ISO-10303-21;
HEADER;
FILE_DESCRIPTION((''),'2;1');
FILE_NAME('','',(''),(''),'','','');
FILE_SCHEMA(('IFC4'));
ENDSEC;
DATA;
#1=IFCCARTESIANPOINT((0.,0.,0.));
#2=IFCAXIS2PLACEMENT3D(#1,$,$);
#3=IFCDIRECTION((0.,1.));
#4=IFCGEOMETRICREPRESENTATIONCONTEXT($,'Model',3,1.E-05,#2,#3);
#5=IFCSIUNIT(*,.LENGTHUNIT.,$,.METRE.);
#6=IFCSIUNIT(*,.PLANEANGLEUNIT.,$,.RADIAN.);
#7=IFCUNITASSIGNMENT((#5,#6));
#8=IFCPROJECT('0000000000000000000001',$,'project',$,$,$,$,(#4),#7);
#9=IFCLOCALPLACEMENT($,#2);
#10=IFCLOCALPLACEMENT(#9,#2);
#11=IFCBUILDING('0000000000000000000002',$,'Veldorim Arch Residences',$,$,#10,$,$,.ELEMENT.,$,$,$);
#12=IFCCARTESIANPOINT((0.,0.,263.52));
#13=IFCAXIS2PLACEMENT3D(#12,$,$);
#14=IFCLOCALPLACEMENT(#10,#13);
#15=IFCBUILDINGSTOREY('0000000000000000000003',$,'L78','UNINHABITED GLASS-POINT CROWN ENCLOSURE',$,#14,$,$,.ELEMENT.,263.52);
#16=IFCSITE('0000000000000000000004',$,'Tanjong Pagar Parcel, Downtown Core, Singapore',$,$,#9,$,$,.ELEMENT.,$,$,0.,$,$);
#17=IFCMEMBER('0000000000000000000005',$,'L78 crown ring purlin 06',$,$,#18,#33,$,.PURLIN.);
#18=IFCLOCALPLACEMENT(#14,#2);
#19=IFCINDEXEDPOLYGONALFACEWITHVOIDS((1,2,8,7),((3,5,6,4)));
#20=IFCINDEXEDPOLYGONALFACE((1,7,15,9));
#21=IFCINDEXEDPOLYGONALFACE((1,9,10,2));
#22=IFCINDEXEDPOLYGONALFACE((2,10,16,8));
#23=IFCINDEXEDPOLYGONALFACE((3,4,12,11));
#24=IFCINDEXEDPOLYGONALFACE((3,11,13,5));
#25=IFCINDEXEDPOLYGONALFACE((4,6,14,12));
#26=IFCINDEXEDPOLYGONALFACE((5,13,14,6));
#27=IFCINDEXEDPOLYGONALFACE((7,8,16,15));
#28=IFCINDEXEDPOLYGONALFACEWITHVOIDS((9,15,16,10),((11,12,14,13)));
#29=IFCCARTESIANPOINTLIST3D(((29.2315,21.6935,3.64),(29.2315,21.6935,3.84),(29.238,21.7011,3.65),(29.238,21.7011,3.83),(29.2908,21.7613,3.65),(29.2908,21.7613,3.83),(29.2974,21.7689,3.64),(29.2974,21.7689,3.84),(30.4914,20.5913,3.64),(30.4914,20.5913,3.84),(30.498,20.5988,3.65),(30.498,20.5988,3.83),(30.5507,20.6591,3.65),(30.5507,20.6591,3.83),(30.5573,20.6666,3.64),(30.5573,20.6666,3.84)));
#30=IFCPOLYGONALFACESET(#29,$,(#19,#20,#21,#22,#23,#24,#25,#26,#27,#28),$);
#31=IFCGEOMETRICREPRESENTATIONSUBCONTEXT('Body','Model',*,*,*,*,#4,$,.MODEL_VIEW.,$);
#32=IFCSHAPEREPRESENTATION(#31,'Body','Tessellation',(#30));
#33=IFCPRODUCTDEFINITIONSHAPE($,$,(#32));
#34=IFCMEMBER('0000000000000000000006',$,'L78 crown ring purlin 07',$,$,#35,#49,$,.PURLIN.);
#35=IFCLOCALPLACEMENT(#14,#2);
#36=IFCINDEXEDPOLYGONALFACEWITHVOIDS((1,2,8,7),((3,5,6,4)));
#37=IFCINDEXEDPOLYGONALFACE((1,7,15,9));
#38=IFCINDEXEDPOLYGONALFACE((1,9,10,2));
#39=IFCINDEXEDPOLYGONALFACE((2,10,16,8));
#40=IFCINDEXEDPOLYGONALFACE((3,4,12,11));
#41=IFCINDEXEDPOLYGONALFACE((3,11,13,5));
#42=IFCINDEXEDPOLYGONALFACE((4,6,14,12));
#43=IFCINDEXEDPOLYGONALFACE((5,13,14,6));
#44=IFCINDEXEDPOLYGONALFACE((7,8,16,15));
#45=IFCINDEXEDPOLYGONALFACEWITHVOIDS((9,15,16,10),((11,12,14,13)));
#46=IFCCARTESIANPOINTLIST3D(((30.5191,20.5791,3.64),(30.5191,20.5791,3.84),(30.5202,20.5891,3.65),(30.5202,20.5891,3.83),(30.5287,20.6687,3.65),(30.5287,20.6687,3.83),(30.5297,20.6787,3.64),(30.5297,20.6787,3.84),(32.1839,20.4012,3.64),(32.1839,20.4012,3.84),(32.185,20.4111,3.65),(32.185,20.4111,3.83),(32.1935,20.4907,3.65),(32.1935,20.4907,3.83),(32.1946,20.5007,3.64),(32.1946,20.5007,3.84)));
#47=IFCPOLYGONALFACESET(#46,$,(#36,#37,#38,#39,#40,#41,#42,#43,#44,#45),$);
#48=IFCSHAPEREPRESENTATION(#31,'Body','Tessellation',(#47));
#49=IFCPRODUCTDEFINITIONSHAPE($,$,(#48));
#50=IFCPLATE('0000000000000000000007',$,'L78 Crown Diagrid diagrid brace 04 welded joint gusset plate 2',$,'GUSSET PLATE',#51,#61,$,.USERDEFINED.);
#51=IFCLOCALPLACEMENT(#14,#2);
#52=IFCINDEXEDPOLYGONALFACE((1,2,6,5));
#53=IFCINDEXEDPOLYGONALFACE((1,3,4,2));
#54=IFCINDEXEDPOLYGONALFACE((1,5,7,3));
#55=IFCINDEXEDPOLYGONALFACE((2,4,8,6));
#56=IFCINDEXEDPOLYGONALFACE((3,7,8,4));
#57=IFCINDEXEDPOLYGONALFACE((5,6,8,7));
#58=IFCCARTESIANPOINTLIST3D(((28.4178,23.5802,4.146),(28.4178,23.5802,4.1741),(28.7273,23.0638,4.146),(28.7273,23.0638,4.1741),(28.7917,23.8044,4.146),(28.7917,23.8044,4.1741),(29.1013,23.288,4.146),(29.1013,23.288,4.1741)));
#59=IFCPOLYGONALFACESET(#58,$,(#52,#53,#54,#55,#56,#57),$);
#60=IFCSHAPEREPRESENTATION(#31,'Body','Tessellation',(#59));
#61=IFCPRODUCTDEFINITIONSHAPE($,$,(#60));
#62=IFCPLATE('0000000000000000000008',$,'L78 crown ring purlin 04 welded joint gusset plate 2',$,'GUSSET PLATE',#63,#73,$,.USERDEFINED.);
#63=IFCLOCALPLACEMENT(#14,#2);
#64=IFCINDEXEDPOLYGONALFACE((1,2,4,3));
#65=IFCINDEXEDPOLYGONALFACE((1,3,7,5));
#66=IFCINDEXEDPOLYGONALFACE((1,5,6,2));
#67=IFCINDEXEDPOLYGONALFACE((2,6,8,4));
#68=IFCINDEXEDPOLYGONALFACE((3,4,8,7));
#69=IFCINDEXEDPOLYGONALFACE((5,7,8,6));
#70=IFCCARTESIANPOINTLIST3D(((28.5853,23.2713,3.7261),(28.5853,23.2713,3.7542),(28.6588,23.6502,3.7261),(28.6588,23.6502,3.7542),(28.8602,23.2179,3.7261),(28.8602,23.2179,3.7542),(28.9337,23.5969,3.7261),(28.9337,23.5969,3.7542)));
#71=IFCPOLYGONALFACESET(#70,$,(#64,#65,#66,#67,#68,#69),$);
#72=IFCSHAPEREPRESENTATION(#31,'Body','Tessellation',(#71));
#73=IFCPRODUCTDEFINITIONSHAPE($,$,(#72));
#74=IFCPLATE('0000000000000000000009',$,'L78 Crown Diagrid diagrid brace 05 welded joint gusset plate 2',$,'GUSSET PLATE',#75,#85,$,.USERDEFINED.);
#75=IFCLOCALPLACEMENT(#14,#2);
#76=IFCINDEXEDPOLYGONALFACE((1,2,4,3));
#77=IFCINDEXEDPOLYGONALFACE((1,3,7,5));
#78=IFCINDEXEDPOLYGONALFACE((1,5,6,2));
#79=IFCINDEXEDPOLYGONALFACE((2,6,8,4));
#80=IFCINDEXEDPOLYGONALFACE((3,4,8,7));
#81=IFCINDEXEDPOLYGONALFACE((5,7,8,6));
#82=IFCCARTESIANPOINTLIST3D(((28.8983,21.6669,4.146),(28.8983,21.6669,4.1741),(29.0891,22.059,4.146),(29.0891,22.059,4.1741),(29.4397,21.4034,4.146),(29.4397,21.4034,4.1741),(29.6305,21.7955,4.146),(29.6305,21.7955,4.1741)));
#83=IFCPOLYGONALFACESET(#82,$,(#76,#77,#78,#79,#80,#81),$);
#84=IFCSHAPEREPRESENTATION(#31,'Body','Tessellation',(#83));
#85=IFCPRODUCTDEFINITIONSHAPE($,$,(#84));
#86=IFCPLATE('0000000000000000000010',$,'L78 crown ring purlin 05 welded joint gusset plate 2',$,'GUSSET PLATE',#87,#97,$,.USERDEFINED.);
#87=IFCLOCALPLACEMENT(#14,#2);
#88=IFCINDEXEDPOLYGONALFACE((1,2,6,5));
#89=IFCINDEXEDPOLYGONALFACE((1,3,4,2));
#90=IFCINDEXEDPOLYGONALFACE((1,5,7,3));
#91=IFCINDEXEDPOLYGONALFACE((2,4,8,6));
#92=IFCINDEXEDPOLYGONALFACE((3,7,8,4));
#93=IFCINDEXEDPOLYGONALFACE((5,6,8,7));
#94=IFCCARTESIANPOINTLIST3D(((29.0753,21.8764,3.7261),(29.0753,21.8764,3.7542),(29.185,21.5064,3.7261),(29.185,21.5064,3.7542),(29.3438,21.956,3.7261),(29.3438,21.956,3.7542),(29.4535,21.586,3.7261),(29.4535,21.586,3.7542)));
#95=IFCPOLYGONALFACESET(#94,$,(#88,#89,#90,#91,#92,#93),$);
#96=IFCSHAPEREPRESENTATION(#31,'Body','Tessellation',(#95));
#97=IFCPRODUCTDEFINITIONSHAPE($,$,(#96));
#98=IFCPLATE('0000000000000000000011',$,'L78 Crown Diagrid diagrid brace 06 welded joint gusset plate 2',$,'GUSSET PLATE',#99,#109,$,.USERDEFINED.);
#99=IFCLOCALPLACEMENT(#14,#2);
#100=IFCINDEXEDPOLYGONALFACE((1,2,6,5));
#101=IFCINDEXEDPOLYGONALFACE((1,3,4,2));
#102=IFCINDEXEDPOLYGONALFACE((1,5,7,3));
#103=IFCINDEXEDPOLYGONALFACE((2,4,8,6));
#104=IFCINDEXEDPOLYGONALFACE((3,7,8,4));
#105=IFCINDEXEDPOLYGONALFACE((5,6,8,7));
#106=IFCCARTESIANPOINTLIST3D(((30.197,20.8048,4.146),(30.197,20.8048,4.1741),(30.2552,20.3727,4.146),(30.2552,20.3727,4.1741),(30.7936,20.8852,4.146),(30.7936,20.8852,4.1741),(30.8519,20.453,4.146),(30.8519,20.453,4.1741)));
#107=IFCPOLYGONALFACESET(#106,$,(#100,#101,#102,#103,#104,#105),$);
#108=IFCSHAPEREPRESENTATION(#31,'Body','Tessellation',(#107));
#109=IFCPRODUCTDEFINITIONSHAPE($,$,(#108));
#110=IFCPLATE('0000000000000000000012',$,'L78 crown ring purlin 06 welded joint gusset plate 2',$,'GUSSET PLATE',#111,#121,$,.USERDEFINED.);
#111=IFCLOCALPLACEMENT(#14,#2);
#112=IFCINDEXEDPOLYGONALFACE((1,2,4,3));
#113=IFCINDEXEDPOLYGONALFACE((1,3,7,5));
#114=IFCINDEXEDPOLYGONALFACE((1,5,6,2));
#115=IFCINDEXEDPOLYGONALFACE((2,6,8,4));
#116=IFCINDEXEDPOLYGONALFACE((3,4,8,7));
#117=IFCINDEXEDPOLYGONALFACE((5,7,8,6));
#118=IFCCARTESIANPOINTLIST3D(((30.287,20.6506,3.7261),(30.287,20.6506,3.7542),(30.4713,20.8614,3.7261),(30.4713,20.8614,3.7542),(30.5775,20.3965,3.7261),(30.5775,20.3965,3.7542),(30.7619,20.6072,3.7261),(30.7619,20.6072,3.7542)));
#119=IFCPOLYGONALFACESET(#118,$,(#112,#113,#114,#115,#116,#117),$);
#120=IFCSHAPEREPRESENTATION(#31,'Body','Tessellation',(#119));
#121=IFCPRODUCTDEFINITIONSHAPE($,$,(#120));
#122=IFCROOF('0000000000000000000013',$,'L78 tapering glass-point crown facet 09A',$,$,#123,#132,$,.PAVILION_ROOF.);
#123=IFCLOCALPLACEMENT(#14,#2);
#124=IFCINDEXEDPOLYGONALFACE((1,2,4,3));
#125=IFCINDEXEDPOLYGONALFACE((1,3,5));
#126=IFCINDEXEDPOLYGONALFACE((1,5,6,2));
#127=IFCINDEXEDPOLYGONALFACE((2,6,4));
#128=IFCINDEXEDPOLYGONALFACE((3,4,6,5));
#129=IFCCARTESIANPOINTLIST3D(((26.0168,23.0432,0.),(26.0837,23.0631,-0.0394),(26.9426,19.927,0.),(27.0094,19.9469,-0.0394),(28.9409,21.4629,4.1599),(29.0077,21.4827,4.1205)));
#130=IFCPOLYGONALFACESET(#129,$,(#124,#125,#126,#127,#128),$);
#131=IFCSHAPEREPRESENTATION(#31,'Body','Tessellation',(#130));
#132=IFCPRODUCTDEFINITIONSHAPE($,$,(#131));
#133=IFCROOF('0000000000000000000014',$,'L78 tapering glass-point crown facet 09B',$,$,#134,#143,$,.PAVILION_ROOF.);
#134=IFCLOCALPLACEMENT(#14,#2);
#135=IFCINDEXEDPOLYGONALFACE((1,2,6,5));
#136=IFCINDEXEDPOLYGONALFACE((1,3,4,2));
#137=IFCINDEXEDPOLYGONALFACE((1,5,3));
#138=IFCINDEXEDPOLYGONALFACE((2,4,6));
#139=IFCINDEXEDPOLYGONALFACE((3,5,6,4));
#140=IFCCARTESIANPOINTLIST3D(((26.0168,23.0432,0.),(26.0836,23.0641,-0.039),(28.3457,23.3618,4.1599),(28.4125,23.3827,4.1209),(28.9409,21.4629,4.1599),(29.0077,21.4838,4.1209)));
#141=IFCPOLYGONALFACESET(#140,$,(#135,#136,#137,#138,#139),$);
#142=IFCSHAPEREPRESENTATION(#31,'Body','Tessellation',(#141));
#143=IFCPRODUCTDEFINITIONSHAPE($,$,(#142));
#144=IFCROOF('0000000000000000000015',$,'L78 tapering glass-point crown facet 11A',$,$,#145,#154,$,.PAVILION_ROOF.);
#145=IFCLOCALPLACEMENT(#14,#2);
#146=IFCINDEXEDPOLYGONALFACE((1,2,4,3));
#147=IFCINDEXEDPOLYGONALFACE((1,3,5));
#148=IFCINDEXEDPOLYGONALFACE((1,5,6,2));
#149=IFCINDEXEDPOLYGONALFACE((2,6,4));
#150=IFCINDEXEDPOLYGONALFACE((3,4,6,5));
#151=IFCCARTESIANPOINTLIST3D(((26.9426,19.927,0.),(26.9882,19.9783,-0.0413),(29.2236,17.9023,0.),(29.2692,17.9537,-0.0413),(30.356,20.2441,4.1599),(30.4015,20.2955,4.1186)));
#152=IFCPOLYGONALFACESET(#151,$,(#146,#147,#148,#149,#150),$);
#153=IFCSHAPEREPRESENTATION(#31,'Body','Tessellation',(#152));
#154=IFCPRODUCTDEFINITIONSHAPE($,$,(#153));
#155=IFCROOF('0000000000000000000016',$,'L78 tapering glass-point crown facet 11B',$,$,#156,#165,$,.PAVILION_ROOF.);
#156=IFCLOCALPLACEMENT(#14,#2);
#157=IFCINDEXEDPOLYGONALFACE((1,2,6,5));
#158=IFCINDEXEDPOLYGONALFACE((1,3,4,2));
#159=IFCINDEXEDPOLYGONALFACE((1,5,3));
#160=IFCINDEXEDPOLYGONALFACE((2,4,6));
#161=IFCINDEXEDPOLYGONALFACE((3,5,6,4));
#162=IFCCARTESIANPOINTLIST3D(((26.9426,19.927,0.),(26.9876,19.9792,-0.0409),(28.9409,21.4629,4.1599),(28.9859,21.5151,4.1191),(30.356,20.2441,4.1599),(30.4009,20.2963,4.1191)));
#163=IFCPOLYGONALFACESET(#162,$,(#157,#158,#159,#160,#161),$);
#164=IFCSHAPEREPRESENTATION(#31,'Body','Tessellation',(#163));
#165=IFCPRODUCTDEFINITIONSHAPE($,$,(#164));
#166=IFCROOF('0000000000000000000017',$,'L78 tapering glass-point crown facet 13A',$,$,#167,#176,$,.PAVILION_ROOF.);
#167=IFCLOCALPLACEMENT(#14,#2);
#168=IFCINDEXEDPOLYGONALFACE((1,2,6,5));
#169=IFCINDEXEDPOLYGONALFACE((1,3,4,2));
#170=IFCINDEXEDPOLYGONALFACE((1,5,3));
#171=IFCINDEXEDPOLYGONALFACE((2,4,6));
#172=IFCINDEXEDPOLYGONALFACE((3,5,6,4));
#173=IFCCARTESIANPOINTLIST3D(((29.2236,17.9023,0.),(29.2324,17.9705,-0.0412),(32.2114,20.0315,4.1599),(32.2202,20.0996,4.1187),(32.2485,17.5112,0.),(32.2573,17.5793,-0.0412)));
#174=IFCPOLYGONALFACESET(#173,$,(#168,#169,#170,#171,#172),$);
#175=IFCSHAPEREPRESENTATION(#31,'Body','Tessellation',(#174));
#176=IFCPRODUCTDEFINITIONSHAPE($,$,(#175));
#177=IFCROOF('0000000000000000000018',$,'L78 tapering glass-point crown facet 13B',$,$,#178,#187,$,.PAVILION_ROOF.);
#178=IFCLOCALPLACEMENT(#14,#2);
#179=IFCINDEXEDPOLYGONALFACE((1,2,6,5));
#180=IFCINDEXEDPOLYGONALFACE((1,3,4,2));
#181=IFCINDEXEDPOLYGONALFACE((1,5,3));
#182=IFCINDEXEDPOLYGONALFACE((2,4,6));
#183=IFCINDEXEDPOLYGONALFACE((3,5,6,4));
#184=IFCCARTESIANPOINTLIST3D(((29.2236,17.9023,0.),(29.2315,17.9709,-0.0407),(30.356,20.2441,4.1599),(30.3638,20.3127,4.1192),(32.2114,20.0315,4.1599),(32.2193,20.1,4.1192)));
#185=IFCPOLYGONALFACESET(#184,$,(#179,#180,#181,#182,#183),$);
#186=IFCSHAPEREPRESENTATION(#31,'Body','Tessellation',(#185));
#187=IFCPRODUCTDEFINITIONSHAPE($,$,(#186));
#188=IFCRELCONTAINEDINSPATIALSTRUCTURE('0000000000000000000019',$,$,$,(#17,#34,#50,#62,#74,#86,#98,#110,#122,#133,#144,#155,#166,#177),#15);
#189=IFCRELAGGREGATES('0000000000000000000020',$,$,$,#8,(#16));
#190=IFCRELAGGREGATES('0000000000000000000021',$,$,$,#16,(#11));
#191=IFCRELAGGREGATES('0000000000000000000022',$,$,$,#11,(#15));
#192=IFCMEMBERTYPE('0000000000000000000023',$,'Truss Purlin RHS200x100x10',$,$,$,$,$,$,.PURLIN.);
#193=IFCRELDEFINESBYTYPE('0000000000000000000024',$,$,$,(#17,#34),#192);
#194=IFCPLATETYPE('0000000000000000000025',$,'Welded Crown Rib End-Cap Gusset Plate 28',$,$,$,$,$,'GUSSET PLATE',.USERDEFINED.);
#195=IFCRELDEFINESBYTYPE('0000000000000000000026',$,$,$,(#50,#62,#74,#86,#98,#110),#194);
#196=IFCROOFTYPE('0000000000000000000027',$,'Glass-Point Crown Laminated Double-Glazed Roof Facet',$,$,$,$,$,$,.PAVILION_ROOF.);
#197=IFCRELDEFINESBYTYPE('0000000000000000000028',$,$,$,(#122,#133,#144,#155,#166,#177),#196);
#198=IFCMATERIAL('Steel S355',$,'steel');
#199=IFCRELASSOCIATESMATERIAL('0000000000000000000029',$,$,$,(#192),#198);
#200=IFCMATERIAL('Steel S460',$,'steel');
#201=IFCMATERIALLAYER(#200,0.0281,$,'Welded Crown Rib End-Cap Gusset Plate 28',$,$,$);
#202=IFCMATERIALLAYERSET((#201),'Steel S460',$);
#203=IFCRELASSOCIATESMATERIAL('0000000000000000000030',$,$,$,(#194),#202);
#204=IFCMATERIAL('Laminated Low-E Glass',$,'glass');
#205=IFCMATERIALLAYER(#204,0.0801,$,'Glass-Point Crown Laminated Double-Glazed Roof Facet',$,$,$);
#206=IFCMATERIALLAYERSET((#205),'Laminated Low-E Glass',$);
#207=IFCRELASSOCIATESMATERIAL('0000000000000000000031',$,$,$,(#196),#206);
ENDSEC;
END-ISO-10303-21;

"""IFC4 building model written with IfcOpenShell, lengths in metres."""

from ifc_helpers import new_model, si_unit, direction, frame, origin, origin_2d, place, context, subcontext, project, spatial, polyline, rectangle, hollow_rectangle, outline, extrude, material, layer, layer_set, material_profile, profile_set, type_object, element, save


model = new_model("IFC4")

# Units and contexts
model_context = context("Model", 3, precision=1e-05, world=origin(), true_north=direction((0.0, 1.0)))
body_context = subcontext(model_context, "Body", "Model", "MODEL_VIEW")
ifc_project = project(units=[si_unit("LENGTHUNIT", "METRE"), si_unit("PLANEANGLEUNIT", "RADIAN")], contexts=[model_context])

# Site, building, storey
site_placement = place(None, origin())
site = spatial("IfcSite", under=ifc_project, at=site_placement, Name="Tanjong Pagar Parcel, Downtown Core, Singapore", CompositionType="ELEMENT", RefElevation=0.0)
building_placement = place(site_placement, origin())
building = spatial("IfcBuilding", under=site, at=building_placement, Name="Veldorim Arch Residences", CompositionType="ELEMENT")
storey_placement = place(building_placement, frame((0.0, 0.0, 263.52)))
storey = spatial("IfcBuildingStorey", under=building, at=storey_placement, Name="L78", Description="UNINHABITED GLASS-POINT CROWN ENCLOSURE", CompositionType="ELEMENT", Elevation=263.52)

# Members
ifc_material_1 = material(Name="Steel S355", Category="steel")
ifc_material_profile_1 = material_profile(ifc_material_1, hollow_rectangle(XDim=0.1001, YDim=0.2, WallThickness=0.01, at=origin_2d()), Name="RHS200x100x10")
ifc_profile_set_1 = profile_set([ifc_material_profile_1], Name="Steel S355")
member_type_1 = type_object("IfcMemberType", Name="Truss Purlin RHS200x100x10", PredefinedType="PURLIN", material=ifc_profile_set_1)
member_1_placement = place(storey_placement, frame((29.2644, 21.7312, 3.74), z_axis=(0.75264, -0.658432, 0.0), x_axis=(0.658432, 0.75264, 0.0)))
element("IfcMember", 1, at=member_1_placement, inside=storey, type_object=member_type_1, Name="L78 crown ring purlin 06", PredefinedType="PURLIN", context=body_context, shape_type="SweptSolid", body=[
    extrude(hollow_rectangle(XDim=0.1001, YDim=0.2, WallThickness=0.01, at=origin_2d()), origin(), (0.0, 0.0, 1.0), 1.6741),
])
member_2_placement = place(storey_placement, frame((30.5244, 20.6289, 3.74), z_axis=(0.994334, -0.106301, 0.0), x_axis=(0.106301, 0.994334, 0.0)))
element("IfcMember", 2, at=member_2_placement, inside=storey, type_object=member_type_1, Name="L78 crown ring purlin 07", PredefinedType="PURLIN", context=body_context, shape_type="SweptSolid", body=[
    extrude(hollow_rectangle(XDim=0.1001, YDim=0.2, WallThickness=0.01, at=origin_2d()), origin(), (0.0, 0.0, 1.0), 1.6743),
])

# Plates
ifc_material_2 = material(Name="Steel S460", Category="steel")
ifc_layer_1 = layer(ifc_material_2, 0.0281, Name="Welded Crown Rib End-Cap Gusset Plate 28")
ifc_layer_set_1 = layer_set([ifc_layer_1], Name="Steel S460")
plate_type = type_object("IfcPlateType", Name="Welded Crown Rib End-Cap Gusset Plate 28", ElementType="GUSSET PLATE", PredefinedType="USERDEFINED", material=ifc_layer_set_1)
plate_1_placement = place(storey_placement, frame((28.7595, 23.4341, 4.146), z_axis=(0.0, 0.0, 1.0), x_axis=(0.514155, -0.857697, 0.0)))
element("IfcPlate", 3, at=plate_1_placement, inside=storey, type_object=plate_type, Name="L78 Crown Diagrid diagrid brace 04 welded joint gusset plate 2", ObjectType="GUSSET PLATE", PredefinedType="USERDEFINED", context=body_context, shape_type="SweptSolid", body=[
    extrude(rectangle(XDim=0.6021, YDim=0.436, at=origin_2d()), origin(), (0.0, 0.0, 1.0), 0.0281),
])
plate_2_placement = place(storey_placement, frame((28.7595, 23.4341, 3.7261), z_axis=(0.0, 0.0, 1.0), x_axis=(-0.190535, -0.98168, 0.0)))
element("IfcPlate", 4, at=plate_2_placement, inside=storey, type_object=plate_type, Name="L78 crown ring purlin 04 welded joint gusset plate 2", ObjectType="GUSSET PLATE", PredefinedType="USERDEFINED", context=body_context, shape_type="SweptSolid", body=[
    extrude(rectangle(XDim=0.386, YDim=0.28, at=origin_2d()), origin(), (0.0, 0.0, 1.0), 0.0281),
])
plate_3_placement = place(storey_placement, frame((29.2644, 21.7312, 4.146), z_axis=(0.0, 0.0, 1.0), x_axis=(0.899184, -0.437571, 0.0)))
element("IfcPlate", 5, at=plate_3_placement, inside=storey, type_object=plate_type, Name="L78 Crown Diagrid diagrid brace 05 welded joint gusset plate 2", ObjectType="GUSSET PLATE", PredefinedType="USERDEFINED", context=body_context, shape_type="SweptSolid", body=[
    extrude(rectangle(XDim=0.6021, YDim=0.436, at=origin_2d()), origin(), (0.0, 0.0, 1.0), 0.0281),
])
plate_4_placement = place(storey_placement, frame((29.2644, 21.7312, 3.7261), z_axis=(0.0, 0.0, 1.0), x_axis=(0.28425, -0.95875, 0.0)))
element("IfcPlate", 6, at=plate_4_placement, inside=storey, type_object=plate_type, Name="L78 crown ring purlin 05 welded joint gusset plate 2", ObjectType="GUSSET PLATE", PredefinedType="USERDEFINED", context=body_context, shape_type="SweptSolid", body=[
    extrude(rectangle(XDim=0.386, YDim=0.28, at=origin_2d()), origin(), (0.0, 0.0, 1.0), 0.0281),
])
plate_5_placement = place(storey_placement, frame((30.5244, 20.6289, 4.146), z_axis=(0.0, 0.0, 1.0), x_axis=(0.991049, 0.133502, 0.0)))
element("IfcPlate", 7, at=plate_5_placement, inside=storey, type_object=plate_type, Name="L78 Crown Diagrid diagrid brace 06 welded joint gusset plate 2", ObjectType="GUSSET PLATE", PredefinedType="USERDEFINED", context=body_context, shape_type="SweptSolid", body=[
    extrude(rectangle(XDim=0.6021, YDim=0.436, at=origin_2d()), origin(), (0.0, 0.0, 1.0), 0.0281),
])
plate_6_placement = place(storey_placement, frame((30.5244, 20.6289, 3.7261), z_axis=(0.0, 0.0, 1.0), x_axis=(0.752668, -0.658401, 0.0)))
element("IfcPlate", 8, at=plate_6_placement, inside=storey, type_object=plate_type, Name="L78 crown ring purlin 06 welded joint gusset plate 2", ObjectType="GUSSET PLATE", PredefinedType="USERDEFINED", context=body_context, shape_type="SweptSolid", body=[
    extrude(rectangle(XDim=0.386, YDim=0.28, at=origin_2d()), origin(), (0.0, 0.0, 1.0), 0.0281),
])

# Roofs
ifc_material_3 = material(Name="Laminated Low-E Glass", Category="glass")
ifc_layer_2 = layer(ifc_material_3, 0.0801, Name="Glass-Point Crown Laminated Double-Glazed Roof Facet")
ifc_layer_set_2 = layer_set([ifc_layer_2], Name="Laminated Low-E Glass")
roof_type = type_object("IfcRoofType", Name="Glass-Point Crown Laminated Double-Glazed Roof Facet", PredefinedType="PAVILION_ROOF", material=ifc_layer_set_2)
roof_1_placement = place(storey_placement, frame((26.0168, 23.0432, 0.0), z_axis=(-0.834369, -0.247879, 0.492325), x_axis=(0.284784, -0.958592, 0.0)))
element("IfcRoof", 9, at=roof_1_placement, inside=storey, type_object=roof_type, Name="L78 tapering glass-point crown facet 09A", PredefinedType="PAVILION_ROOF", context=body_context, shape_type="SweptSolid", body=[
    extrude(outline(polyline([(0.0, 0.0), (3.2508, 0.0), (2.3476, 4.7792), (0.0, 0.0)])), origin(), (0.0, 0.0, -1.0), 0.0801),
])
roof_2_placement = place(storey_placement, frame((26.0168, 23.0432, 0.0), z_axis=(-0.833588, -0.261287, 0.486682), x_axis=(0.549152, -0.296791, 0.781247)))
element("IfcRoof", 10, at=roof_2_placement, inside=storey, type_object=roof_type, Name="L78 tapering glass-point crown facet 09B", PredefinedType="PAVILION_ROOF", context=body_context, shape_type="SweptSolid", body=[
    extrude(outline(polyline([(0.0, 0.0), (5.3247, 0.0), (4.4343, 1.7797), (0.0, 0.0)])), origin(), (0.0, 0.0, -1.0), 0.0801),
])
roof_3_placement = place(storey_placement, frame((26.9426, 19.927, 0.0), z_axis=(-0.568802, -0.640819, 0.515573), x_axis=(0.747882, -0.663832, 0.0)))
element("IfcRoof", 11, at=roof_3_placement, inside=storey, type_object=roof_type, Name="L78 tapering glass-point crown facet 11A", PredefinedType="PAVILION_ROOF", context=body_context, shape_type="SweptSolid", body=[
    extrude(outline(polyline([(0.0, 0.0), (3.05, 0.0), (2.3422, 4.8549), (0.0, 0.0)])), origin(), (0.0, 0.0, -1.0), 0.0801),
])
roof_4_placement = place(storey_placement, frame((26.9426, 19.927, 0.0), z_axis=(-0.561265, -0.651661, 0.510215), x_axis=(0.633225, 0.058834, 0.771728)))
element("IfcRoof", 12, at=roof_4_placement, inside=storey, type_object=roof_type, Name="L78 tapering glass-point crown facet 11B", PredefinedType="PAVILION_ROOF", context=body_context, shape_type="SweptSolid", body=[
    extrude(outline(polyline([(0.0, 0.0), (5.3904, 0.0), (4.5661, 1.6758), (0.0, 0.0)])), origin(), (0.0, 0.0, -1.0), 0.0801),
])
roof_5_placement = place(storey_placement, frame((29.2236, 17.9023, 0.0), z_axis=(-0.109971, -0.850526, 0.514306), x_axis=(0.991744, -0.12823, 0.0)))
element("IfcRoof", 13, at=roof_5_placement, inside=storey, type_object=roof_type, Name="L78 tapering glass-point crown facet 13A", PredefinedType="PAVILION_ROOF", context=body_context, shape_type="SweptSolid", body=[
    extrude(outline(polyline([(0.0, 0.0), (3.0501, 0.0), (2.6901, 4.8506), (0.0, 0.0)])), origin(), (0.0, 0.0, -1.0), 0.0801),
])
roof_6_placement = place(storey_placement, frame((29.2236, 17.9023, 0.0), z_axis=(-0.098052, -0.855565, 0.508325), x_axis=(0.538669, 0.383864, 0.74999)))
element("IfcRoof", 14, at=roof_6_placement, inside=storey, type_object=roof_type, Name="L78 tapering glass-point crown facet 13B", PredefinedType="PAVILION_ROOF", context=body_context, shape_type="SweptSolid", body=[
    extrude(outline(polyline([(0.0, 0.0), (5.5466, 0.0), (4.6288, 1.6265), (0.0, 0.0)])), origin(), (0.0, 0.0, -1.0), 0.0801),
])

save(model, "model.ifc")
